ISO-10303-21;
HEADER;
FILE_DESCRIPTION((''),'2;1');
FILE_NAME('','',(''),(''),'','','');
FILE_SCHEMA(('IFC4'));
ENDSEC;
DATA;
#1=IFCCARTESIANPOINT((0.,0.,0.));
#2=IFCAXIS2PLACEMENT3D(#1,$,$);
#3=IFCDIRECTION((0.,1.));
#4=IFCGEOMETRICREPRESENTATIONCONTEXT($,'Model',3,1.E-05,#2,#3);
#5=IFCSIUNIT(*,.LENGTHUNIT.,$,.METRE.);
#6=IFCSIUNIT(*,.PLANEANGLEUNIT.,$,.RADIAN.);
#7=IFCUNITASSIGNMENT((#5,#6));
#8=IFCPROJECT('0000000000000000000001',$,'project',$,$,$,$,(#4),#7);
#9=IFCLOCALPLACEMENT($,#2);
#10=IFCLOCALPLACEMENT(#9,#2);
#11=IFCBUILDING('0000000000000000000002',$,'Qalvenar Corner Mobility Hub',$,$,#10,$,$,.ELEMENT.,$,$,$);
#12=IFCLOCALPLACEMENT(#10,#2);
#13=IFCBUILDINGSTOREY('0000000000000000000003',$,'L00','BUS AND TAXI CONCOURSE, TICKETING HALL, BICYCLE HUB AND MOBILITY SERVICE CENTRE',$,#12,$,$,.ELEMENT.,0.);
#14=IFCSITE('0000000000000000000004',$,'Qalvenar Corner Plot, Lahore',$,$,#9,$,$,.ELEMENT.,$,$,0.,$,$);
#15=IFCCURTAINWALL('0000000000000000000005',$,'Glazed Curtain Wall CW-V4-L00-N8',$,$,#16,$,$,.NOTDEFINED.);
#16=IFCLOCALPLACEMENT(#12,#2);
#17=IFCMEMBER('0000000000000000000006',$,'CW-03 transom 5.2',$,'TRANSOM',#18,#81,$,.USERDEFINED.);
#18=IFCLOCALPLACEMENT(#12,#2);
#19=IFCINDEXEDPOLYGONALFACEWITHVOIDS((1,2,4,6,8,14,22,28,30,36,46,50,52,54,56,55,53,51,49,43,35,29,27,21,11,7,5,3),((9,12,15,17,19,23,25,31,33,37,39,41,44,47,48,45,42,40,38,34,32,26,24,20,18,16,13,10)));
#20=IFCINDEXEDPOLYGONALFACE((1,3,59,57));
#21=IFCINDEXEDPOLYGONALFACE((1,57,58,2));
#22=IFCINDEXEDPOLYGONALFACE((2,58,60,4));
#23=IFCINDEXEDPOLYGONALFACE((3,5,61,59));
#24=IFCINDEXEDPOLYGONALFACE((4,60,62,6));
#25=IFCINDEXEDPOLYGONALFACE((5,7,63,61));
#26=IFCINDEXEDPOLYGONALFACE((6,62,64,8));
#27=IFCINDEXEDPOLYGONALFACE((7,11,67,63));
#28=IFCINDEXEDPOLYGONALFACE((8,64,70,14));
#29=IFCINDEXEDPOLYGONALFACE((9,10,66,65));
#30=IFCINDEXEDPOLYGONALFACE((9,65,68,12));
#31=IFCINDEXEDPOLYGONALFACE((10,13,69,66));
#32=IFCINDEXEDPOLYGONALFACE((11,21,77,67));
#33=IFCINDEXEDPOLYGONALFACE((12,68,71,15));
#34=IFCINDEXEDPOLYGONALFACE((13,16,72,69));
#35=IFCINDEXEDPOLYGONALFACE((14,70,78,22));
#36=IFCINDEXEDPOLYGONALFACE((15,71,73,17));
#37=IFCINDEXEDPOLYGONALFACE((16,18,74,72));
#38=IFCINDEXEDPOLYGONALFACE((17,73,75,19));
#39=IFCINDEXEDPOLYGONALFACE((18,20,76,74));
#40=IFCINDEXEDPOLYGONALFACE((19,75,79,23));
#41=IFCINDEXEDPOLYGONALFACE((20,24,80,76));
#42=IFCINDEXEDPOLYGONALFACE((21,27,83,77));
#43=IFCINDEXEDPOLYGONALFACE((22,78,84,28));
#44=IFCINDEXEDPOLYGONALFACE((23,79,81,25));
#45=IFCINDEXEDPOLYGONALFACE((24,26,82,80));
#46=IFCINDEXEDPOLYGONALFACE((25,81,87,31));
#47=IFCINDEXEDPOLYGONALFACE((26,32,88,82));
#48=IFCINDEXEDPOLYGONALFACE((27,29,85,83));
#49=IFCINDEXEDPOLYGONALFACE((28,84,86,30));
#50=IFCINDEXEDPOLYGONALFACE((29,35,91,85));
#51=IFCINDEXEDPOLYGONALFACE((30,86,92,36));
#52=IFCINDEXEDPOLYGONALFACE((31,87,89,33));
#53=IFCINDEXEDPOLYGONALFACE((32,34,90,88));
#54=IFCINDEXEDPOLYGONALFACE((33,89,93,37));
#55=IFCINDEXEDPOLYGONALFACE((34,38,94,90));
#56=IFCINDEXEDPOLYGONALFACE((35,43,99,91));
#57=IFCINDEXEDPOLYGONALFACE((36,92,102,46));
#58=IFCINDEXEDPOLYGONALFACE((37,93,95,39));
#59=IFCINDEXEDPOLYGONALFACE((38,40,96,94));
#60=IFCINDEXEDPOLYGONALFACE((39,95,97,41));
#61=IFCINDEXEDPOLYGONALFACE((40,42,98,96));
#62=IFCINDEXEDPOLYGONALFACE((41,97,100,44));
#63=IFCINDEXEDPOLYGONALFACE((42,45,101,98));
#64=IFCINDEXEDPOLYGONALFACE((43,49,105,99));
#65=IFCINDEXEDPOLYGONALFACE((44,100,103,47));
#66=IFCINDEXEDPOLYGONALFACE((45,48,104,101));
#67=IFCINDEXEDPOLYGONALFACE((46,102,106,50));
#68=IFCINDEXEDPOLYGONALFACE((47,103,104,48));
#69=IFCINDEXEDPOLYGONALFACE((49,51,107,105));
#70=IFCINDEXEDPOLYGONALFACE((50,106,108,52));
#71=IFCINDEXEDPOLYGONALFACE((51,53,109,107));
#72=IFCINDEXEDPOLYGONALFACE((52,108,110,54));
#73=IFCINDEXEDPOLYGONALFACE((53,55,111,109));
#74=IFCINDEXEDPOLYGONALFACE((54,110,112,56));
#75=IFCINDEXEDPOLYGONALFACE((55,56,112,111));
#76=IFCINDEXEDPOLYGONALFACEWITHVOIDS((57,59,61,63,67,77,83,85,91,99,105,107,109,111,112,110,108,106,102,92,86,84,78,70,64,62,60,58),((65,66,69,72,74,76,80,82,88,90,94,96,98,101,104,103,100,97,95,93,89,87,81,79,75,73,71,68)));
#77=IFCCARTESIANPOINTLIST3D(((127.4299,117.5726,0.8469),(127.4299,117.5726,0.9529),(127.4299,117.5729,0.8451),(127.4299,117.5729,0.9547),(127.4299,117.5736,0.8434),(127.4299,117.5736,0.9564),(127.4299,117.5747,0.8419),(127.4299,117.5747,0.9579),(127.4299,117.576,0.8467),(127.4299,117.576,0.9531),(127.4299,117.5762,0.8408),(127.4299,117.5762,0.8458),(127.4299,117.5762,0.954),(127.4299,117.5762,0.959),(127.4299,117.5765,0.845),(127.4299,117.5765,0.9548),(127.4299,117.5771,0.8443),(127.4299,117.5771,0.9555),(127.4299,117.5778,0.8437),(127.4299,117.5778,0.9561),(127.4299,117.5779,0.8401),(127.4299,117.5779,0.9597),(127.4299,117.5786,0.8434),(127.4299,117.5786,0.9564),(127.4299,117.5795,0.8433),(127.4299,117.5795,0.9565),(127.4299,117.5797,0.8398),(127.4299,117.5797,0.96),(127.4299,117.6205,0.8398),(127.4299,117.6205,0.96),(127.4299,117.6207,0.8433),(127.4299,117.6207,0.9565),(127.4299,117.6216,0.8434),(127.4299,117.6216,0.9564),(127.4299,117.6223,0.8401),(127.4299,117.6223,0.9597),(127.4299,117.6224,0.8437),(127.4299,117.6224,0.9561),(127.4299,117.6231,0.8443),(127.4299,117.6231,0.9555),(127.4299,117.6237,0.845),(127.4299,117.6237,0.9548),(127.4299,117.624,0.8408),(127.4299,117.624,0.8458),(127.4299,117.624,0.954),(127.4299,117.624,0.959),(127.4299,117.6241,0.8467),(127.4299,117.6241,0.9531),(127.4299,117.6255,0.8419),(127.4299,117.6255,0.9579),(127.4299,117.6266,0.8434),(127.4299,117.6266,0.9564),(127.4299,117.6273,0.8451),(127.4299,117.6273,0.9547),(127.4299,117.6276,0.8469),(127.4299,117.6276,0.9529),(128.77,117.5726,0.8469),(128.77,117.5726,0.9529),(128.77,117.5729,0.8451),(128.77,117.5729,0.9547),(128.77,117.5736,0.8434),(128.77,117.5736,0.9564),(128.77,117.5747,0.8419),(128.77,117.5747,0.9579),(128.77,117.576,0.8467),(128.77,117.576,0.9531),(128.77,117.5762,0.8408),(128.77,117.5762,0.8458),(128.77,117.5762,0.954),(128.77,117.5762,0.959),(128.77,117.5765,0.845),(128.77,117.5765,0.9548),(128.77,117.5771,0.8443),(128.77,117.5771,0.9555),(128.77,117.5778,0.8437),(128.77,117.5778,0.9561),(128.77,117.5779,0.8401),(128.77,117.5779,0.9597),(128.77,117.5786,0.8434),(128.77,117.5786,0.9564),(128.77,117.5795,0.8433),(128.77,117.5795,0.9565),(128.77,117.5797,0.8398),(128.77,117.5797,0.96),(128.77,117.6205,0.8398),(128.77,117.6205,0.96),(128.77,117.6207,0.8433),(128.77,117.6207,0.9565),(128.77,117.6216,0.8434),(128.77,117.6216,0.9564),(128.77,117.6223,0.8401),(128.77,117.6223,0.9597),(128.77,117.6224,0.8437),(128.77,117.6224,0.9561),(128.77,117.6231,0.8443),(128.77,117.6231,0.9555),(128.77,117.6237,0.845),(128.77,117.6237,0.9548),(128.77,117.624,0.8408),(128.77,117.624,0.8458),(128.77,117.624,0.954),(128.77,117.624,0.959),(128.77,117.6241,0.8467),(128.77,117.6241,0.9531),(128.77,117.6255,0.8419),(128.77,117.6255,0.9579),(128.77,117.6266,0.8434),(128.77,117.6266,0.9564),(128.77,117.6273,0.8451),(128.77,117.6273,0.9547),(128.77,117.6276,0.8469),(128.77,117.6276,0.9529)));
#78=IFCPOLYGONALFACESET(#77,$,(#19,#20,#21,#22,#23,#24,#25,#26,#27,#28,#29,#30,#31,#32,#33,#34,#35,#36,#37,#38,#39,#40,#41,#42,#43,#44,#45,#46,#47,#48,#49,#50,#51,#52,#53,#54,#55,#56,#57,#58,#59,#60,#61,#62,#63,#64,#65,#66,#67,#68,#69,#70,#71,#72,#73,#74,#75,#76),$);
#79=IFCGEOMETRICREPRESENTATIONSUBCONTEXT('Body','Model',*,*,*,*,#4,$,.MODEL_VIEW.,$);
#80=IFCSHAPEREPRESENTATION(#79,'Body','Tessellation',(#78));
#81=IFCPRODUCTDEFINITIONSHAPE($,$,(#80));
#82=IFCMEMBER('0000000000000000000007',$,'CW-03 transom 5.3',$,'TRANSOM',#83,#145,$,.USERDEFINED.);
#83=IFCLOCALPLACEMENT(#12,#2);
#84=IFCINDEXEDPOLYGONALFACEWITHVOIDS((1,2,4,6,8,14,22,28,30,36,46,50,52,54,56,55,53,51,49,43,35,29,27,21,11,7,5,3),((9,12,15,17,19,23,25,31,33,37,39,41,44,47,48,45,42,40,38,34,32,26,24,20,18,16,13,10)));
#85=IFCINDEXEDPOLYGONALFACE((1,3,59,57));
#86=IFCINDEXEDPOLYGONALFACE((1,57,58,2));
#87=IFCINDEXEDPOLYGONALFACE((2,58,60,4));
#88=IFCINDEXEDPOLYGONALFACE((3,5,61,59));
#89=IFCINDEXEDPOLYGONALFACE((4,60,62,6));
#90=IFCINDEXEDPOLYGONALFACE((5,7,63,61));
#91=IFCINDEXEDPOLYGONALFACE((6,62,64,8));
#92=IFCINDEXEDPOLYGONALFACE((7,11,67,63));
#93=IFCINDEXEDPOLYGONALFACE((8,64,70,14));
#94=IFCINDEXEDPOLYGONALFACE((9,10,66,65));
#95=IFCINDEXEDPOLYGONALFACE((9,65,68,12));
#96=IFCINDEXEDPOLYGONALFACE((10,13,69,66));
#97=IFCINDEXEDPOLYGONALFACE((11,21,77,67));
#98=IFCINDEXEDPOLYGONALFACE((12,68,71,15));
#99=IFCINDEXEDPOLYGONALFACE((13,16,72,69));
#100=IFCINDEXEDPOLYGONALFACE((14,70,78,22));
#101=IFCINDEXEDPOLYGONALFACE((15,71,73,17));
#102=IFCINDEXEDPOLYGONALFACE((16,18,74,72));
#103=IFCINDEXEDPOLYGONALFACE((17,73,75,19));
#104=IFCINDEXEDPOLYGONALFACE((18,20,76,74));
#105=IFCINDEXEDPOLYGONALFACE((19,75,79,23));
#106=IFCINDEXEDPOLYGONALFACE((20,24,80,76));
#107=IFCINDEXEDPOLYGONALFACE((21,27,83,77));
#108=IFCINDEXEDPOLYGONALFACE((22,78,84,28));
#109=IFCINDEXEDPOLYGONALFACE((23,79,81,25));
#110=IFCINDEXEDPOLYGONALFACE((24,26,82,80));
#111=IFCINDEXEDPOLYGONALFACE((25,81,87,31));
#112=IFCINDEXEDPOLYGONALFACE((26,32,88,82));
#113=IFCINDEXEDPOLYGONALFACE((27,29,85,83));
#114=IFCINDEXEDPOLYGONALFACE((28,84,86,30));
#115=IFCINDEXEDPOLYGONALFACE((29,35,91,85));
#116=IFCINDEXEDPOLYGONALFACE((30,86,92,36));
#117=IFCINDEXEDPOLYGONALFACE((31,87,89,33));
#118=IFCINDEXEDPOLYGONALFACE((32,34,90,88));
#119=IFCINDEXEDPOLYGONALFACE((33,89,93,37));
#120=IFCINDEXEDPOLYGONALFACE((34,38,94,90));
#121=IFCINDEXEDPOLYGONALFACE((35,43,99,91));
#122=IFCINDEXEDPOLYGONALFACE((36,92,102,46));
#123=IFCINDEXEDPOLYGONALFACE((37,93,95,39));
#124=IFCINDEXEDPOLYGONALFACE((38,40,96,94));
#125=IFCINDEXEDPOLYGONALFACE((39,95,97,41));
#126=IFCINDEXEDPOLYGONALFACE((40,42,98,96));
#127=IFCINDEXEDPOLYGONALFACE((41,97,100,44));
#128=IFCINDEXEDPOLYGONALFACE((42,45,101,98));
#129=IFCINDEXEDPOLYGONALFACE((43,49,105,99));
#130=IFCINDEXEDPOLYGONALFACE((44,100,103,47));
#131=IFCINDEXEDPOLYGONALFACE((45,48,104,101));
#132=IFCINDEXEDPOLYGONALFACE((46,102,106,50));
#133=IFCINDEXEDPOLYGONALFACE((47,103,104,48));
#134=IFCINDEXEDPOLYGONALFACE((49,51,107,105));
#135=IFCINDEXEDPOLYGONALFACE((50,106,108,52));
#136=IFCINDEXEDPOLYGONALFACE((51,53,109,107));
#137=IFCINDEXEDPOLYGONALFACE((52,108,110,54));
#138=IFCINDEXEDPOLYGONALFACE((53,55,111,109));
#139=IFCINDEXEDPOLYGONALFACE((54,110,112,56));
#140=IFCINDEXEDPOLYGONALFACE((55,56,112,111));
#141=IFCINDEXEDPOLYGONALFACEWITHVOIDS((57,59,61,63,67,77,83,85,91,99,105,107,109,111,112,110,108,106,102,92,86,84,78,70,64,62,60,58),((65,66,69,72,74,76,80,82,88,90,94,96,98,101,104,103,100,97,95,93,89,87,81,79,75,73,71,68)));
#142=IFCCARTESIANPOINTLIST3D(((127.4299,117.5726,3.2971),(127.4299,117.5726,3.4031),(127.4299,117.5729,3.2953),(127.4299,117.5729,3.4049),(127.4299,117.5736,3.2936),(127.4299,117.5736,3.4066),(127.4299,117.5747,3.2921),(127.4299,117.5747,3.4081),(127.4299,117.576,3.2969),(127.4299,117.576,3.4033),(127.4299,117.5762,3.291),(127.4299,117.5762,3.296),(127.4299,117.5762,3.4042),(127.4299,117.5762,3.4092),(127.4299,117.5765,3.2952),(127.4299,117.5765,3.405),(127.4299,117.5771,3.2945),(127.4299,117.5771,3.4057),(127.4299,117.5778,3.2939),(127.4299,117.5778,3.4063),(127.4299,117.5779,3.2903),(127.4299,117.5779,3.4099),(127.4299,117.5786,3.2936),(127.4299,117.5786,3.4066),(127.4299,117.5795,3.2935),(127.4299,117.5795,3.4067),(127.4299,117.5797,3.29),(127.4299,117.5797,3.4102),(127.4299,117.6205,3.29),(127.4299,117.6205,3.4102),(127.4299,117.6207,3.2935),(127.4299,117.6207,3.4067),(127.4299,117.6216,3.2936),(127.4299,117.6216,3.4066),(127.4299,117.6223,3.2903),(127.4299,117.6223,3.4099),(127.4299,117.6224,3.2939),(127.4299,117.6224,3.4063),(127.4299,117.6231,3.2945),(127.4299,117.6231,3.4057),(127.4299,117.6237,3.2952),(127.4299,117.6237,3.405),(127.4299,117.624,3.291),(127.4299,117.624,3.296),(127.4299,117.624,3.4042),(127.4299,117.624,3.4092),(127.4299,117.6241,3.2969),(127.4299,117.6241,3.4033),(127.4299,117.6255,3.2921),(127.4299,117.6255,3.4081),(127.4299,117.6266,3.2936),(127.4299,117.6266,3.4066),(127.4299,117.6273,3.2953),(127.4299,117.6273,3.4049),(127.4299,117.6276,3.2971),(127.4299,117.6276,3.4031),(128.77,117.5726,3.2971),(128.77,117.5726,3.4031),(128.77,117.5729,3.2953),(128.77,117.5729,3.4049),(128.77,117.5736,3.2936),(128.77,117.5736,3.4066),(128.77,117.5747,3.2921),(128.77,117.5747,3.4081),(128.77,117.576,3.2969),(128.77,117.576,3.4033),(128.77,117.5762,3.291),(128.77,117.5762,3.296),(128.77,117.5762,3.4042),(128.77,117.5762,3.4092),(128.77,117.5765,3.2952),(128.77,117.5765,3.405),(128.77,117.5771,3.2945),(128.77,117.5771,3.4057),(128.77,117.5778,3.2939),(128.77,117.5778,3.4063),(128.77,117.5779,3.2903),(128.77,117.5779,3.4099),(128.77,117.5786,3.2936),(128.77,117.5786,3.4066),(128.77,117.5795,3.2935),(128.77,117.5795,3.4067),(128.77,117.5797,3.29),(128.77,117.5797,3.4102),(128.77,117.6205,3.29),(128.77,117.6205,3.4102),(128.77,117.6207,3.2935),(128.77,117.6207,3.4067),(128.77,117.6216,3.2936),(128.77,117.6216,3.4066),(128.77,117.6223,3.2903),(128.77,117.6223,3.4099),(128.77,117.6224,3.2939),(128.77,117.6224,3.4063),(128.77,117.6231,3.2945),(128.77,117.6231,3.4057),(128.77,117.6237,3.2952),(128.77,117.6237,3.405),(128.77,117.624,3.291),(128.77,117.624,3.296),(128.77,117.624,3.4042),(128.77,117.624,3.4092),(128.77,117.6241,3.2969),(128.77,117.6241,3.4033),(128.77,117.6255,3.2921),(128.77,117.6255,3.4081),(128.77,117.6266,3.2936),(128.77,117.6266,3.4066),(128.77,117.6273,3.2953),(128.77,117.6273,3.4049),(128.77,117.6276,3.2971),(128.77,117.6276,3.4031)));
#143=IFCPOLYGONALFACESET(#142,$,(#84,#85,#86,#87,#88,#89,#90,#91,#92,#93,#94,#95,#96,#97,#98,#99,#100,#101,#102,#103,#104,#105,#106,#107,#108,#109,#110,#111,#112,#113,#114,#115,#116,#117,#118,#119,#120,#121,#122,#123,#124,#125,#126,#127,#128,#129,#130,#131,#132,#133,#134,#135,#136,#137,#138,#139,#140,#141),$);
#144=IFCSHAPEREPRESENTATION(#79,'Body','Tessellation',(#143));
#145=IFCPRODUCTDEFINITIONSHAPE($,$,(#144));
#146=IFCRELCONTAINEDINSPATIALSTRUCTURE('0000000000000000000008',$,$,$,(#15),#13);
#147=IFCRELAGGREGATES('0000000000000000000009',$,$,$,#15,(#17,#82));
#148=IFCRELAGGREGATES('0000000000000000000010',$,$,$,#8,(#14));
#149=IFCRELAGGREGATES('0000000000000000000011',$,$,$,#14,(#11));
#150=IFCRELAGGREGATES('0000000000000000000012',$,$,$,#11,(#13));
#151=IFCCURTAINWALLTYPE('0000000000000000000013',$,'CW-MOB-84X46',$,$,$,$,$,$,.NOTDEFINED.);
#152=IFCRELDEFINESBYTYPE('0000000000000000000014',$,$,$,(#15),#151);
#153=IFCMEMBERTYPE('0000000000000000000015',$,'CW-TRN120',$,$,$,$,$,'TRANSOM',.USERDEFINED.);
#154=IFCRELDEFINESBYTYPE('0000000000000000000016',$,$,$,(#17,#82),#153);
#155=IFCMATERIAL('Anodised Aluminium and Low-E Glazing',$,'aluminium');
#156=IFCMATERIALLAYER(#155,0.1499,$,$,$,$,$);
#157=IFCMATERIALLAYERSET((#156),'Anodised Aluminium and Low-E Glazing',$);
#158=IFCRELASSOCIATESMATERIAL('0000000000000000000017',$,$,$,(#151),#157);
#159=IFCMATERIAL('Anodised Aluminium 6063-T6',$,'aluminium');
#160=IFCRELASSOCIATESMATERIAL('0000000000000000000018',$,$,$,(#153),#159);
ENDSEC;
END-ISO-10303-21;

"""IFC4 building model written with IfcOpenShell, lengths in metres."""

from ifc_helpers import new_model, si_unit, direction, frame, origin, origin_2d, place, context, subcontext, project, spatial, hollow_rectangle, extrude, material, layer, layer_set, material_profile, profile_set, type_object, element, aggregate, save


model = new_model("IFC4")

# Units and contexts
model_context = context("Model", 3, precision=1e-05, world=origin(), true_north=direction((0.0, 1.0)))
body_context = subcontext(model_context, "Body", "Model", "MODEL_VIEW")
ifc_project = project(units=[si_unit("LENGTHUNIT", "METRE"), si_unit("PLANEANGLEUNIT", "RADIAN")], contexts=[model_context])

# Site, building, storey
site_placement = place(None, origin())
site = spatial("IfcSite", under=ifc_project, at=site_placement, Name="Qalvenar Corner Plot, Lahore", CompositionType="ELEMENT", RefElevation=0.0)
building_placement = place(site_placement, origin())
building = spatial("IfcBuilding", under=site, at=building_placement, Name="Qalvenar Corner Mobility Hub", CompositionType="ELEMENT")
storey_placement = place(building_placement, origin())
storey = spatial("IfcBuildingStorey", under=building, at=storey_placement, Name="L00", Description="BUS AND TAXI CONCOURSE, TICKETING HALL, BICYCLE HUB AND MOBILITY SERVICE CENTRE", CompositionType="ELEMENT", Elevation=0.0)

# Shared definitions
ifc_material_1 = material(Name="Anodised Aluminium and Low-E Glazing", Category="aluminium")
ifc_layer_1 = layer(ifc_material_1, 0.1499)
ifc_layer_set_1 = layer_set([ifc_layer_1], Name="Anodised Aluminium and Low-E Glazing")
curtain_wall_type = type_object("IfcCurtainWallType", Name="CW-MOB-84X46", PredefinedType="NOTDEFINED", material=ifc_layer_set_1)
ifc_material_2 = material(Name="Anodised Aluminium 6063-T6", Category="aluminium")

# Curtain wall, members
curtain_wall_1_placement = place(storey_placement, origin())
curtain_wall_1 = element("IfcCurtainWall", 1, at=curtain_wall_1_placement, inside=storey, type_object=curtain_wall_type, Name="Glazed Curtain Wall CW-V4-L00-N8", PredefinedType="NOTDEFINED")
ifc_material_profile_1 = material_profile(ifc_material_2, hollow_rectangle(XDim=0.0549, YDim=0.1201, WallThickness=0.0034, InnerFilletRadius=0.0034, OuterFilletRadius=0.0071, at=origin_2d()), Name="RHS120x55x3.5")
ifc_profile_set_1 = profile_set([ifc_material_profile_1], Name="Anodised Aluminium 6063-T6")
member_type_1 = type_object("IfcMemberType", Name="CW-TRN120", ElementType="TRANSOM", PredefinedType="USERDEFINED", material=ifc_profile_set_1)
member_1_placement = place(storey_placement, frame((128.77, 117.6001, 0.8999), z_axis=(-1.0, 0.0, 0.0), x_axis=(0.0, -1.0, 0.0)))
member_1 = element("IfcMember", 2, at=member_1_placement, type_object=member_type_1, Name="CW-03 transom 5.2", ObjectType="TRANSOM", PredefinedType="USERDEFINED", context=body_context, shape_type="SweptSolid", body=[
    extrude(hollow_rectangle(XDim=0.0549, YDim=0.1201, WallThickness=0.0034, InnerFilletRadius=0.0034, OuterFilletRadius=0.0071, at=origin_2d()), origin(), (0.0, 0.0, 1.0), 1.3401),
])
member_2_placement = place(storey_placement, frame((128.77, 117.6001, 3.3501), z_axis=(-1.0, 0.0, 0.0), x_axis=(0.0, -1.0, 0.0)))
member_2 = element("IfcMember", 3, at=member_2_placement, type_object=member_type_1, Name="CW-03 transom 5.3", ObjectType="TRANSOM", PredefinedType="USERDEFINED", context=body_context, shape_type="SweptSolid", body=[
    extrude(hollow_rectangle(XDim=0.0549, YDim=0.1201, WallThickness=0.0034, InnerFilletRadius=0.0034, OuterFilletRadius=0.0071, at=origin_2d()), origin(), (0.0, 0.0, 1.0), 1.3401),
])
aggregate(curtain_wall_1, [member_1, member_2])

save(model, "model.ifc")
